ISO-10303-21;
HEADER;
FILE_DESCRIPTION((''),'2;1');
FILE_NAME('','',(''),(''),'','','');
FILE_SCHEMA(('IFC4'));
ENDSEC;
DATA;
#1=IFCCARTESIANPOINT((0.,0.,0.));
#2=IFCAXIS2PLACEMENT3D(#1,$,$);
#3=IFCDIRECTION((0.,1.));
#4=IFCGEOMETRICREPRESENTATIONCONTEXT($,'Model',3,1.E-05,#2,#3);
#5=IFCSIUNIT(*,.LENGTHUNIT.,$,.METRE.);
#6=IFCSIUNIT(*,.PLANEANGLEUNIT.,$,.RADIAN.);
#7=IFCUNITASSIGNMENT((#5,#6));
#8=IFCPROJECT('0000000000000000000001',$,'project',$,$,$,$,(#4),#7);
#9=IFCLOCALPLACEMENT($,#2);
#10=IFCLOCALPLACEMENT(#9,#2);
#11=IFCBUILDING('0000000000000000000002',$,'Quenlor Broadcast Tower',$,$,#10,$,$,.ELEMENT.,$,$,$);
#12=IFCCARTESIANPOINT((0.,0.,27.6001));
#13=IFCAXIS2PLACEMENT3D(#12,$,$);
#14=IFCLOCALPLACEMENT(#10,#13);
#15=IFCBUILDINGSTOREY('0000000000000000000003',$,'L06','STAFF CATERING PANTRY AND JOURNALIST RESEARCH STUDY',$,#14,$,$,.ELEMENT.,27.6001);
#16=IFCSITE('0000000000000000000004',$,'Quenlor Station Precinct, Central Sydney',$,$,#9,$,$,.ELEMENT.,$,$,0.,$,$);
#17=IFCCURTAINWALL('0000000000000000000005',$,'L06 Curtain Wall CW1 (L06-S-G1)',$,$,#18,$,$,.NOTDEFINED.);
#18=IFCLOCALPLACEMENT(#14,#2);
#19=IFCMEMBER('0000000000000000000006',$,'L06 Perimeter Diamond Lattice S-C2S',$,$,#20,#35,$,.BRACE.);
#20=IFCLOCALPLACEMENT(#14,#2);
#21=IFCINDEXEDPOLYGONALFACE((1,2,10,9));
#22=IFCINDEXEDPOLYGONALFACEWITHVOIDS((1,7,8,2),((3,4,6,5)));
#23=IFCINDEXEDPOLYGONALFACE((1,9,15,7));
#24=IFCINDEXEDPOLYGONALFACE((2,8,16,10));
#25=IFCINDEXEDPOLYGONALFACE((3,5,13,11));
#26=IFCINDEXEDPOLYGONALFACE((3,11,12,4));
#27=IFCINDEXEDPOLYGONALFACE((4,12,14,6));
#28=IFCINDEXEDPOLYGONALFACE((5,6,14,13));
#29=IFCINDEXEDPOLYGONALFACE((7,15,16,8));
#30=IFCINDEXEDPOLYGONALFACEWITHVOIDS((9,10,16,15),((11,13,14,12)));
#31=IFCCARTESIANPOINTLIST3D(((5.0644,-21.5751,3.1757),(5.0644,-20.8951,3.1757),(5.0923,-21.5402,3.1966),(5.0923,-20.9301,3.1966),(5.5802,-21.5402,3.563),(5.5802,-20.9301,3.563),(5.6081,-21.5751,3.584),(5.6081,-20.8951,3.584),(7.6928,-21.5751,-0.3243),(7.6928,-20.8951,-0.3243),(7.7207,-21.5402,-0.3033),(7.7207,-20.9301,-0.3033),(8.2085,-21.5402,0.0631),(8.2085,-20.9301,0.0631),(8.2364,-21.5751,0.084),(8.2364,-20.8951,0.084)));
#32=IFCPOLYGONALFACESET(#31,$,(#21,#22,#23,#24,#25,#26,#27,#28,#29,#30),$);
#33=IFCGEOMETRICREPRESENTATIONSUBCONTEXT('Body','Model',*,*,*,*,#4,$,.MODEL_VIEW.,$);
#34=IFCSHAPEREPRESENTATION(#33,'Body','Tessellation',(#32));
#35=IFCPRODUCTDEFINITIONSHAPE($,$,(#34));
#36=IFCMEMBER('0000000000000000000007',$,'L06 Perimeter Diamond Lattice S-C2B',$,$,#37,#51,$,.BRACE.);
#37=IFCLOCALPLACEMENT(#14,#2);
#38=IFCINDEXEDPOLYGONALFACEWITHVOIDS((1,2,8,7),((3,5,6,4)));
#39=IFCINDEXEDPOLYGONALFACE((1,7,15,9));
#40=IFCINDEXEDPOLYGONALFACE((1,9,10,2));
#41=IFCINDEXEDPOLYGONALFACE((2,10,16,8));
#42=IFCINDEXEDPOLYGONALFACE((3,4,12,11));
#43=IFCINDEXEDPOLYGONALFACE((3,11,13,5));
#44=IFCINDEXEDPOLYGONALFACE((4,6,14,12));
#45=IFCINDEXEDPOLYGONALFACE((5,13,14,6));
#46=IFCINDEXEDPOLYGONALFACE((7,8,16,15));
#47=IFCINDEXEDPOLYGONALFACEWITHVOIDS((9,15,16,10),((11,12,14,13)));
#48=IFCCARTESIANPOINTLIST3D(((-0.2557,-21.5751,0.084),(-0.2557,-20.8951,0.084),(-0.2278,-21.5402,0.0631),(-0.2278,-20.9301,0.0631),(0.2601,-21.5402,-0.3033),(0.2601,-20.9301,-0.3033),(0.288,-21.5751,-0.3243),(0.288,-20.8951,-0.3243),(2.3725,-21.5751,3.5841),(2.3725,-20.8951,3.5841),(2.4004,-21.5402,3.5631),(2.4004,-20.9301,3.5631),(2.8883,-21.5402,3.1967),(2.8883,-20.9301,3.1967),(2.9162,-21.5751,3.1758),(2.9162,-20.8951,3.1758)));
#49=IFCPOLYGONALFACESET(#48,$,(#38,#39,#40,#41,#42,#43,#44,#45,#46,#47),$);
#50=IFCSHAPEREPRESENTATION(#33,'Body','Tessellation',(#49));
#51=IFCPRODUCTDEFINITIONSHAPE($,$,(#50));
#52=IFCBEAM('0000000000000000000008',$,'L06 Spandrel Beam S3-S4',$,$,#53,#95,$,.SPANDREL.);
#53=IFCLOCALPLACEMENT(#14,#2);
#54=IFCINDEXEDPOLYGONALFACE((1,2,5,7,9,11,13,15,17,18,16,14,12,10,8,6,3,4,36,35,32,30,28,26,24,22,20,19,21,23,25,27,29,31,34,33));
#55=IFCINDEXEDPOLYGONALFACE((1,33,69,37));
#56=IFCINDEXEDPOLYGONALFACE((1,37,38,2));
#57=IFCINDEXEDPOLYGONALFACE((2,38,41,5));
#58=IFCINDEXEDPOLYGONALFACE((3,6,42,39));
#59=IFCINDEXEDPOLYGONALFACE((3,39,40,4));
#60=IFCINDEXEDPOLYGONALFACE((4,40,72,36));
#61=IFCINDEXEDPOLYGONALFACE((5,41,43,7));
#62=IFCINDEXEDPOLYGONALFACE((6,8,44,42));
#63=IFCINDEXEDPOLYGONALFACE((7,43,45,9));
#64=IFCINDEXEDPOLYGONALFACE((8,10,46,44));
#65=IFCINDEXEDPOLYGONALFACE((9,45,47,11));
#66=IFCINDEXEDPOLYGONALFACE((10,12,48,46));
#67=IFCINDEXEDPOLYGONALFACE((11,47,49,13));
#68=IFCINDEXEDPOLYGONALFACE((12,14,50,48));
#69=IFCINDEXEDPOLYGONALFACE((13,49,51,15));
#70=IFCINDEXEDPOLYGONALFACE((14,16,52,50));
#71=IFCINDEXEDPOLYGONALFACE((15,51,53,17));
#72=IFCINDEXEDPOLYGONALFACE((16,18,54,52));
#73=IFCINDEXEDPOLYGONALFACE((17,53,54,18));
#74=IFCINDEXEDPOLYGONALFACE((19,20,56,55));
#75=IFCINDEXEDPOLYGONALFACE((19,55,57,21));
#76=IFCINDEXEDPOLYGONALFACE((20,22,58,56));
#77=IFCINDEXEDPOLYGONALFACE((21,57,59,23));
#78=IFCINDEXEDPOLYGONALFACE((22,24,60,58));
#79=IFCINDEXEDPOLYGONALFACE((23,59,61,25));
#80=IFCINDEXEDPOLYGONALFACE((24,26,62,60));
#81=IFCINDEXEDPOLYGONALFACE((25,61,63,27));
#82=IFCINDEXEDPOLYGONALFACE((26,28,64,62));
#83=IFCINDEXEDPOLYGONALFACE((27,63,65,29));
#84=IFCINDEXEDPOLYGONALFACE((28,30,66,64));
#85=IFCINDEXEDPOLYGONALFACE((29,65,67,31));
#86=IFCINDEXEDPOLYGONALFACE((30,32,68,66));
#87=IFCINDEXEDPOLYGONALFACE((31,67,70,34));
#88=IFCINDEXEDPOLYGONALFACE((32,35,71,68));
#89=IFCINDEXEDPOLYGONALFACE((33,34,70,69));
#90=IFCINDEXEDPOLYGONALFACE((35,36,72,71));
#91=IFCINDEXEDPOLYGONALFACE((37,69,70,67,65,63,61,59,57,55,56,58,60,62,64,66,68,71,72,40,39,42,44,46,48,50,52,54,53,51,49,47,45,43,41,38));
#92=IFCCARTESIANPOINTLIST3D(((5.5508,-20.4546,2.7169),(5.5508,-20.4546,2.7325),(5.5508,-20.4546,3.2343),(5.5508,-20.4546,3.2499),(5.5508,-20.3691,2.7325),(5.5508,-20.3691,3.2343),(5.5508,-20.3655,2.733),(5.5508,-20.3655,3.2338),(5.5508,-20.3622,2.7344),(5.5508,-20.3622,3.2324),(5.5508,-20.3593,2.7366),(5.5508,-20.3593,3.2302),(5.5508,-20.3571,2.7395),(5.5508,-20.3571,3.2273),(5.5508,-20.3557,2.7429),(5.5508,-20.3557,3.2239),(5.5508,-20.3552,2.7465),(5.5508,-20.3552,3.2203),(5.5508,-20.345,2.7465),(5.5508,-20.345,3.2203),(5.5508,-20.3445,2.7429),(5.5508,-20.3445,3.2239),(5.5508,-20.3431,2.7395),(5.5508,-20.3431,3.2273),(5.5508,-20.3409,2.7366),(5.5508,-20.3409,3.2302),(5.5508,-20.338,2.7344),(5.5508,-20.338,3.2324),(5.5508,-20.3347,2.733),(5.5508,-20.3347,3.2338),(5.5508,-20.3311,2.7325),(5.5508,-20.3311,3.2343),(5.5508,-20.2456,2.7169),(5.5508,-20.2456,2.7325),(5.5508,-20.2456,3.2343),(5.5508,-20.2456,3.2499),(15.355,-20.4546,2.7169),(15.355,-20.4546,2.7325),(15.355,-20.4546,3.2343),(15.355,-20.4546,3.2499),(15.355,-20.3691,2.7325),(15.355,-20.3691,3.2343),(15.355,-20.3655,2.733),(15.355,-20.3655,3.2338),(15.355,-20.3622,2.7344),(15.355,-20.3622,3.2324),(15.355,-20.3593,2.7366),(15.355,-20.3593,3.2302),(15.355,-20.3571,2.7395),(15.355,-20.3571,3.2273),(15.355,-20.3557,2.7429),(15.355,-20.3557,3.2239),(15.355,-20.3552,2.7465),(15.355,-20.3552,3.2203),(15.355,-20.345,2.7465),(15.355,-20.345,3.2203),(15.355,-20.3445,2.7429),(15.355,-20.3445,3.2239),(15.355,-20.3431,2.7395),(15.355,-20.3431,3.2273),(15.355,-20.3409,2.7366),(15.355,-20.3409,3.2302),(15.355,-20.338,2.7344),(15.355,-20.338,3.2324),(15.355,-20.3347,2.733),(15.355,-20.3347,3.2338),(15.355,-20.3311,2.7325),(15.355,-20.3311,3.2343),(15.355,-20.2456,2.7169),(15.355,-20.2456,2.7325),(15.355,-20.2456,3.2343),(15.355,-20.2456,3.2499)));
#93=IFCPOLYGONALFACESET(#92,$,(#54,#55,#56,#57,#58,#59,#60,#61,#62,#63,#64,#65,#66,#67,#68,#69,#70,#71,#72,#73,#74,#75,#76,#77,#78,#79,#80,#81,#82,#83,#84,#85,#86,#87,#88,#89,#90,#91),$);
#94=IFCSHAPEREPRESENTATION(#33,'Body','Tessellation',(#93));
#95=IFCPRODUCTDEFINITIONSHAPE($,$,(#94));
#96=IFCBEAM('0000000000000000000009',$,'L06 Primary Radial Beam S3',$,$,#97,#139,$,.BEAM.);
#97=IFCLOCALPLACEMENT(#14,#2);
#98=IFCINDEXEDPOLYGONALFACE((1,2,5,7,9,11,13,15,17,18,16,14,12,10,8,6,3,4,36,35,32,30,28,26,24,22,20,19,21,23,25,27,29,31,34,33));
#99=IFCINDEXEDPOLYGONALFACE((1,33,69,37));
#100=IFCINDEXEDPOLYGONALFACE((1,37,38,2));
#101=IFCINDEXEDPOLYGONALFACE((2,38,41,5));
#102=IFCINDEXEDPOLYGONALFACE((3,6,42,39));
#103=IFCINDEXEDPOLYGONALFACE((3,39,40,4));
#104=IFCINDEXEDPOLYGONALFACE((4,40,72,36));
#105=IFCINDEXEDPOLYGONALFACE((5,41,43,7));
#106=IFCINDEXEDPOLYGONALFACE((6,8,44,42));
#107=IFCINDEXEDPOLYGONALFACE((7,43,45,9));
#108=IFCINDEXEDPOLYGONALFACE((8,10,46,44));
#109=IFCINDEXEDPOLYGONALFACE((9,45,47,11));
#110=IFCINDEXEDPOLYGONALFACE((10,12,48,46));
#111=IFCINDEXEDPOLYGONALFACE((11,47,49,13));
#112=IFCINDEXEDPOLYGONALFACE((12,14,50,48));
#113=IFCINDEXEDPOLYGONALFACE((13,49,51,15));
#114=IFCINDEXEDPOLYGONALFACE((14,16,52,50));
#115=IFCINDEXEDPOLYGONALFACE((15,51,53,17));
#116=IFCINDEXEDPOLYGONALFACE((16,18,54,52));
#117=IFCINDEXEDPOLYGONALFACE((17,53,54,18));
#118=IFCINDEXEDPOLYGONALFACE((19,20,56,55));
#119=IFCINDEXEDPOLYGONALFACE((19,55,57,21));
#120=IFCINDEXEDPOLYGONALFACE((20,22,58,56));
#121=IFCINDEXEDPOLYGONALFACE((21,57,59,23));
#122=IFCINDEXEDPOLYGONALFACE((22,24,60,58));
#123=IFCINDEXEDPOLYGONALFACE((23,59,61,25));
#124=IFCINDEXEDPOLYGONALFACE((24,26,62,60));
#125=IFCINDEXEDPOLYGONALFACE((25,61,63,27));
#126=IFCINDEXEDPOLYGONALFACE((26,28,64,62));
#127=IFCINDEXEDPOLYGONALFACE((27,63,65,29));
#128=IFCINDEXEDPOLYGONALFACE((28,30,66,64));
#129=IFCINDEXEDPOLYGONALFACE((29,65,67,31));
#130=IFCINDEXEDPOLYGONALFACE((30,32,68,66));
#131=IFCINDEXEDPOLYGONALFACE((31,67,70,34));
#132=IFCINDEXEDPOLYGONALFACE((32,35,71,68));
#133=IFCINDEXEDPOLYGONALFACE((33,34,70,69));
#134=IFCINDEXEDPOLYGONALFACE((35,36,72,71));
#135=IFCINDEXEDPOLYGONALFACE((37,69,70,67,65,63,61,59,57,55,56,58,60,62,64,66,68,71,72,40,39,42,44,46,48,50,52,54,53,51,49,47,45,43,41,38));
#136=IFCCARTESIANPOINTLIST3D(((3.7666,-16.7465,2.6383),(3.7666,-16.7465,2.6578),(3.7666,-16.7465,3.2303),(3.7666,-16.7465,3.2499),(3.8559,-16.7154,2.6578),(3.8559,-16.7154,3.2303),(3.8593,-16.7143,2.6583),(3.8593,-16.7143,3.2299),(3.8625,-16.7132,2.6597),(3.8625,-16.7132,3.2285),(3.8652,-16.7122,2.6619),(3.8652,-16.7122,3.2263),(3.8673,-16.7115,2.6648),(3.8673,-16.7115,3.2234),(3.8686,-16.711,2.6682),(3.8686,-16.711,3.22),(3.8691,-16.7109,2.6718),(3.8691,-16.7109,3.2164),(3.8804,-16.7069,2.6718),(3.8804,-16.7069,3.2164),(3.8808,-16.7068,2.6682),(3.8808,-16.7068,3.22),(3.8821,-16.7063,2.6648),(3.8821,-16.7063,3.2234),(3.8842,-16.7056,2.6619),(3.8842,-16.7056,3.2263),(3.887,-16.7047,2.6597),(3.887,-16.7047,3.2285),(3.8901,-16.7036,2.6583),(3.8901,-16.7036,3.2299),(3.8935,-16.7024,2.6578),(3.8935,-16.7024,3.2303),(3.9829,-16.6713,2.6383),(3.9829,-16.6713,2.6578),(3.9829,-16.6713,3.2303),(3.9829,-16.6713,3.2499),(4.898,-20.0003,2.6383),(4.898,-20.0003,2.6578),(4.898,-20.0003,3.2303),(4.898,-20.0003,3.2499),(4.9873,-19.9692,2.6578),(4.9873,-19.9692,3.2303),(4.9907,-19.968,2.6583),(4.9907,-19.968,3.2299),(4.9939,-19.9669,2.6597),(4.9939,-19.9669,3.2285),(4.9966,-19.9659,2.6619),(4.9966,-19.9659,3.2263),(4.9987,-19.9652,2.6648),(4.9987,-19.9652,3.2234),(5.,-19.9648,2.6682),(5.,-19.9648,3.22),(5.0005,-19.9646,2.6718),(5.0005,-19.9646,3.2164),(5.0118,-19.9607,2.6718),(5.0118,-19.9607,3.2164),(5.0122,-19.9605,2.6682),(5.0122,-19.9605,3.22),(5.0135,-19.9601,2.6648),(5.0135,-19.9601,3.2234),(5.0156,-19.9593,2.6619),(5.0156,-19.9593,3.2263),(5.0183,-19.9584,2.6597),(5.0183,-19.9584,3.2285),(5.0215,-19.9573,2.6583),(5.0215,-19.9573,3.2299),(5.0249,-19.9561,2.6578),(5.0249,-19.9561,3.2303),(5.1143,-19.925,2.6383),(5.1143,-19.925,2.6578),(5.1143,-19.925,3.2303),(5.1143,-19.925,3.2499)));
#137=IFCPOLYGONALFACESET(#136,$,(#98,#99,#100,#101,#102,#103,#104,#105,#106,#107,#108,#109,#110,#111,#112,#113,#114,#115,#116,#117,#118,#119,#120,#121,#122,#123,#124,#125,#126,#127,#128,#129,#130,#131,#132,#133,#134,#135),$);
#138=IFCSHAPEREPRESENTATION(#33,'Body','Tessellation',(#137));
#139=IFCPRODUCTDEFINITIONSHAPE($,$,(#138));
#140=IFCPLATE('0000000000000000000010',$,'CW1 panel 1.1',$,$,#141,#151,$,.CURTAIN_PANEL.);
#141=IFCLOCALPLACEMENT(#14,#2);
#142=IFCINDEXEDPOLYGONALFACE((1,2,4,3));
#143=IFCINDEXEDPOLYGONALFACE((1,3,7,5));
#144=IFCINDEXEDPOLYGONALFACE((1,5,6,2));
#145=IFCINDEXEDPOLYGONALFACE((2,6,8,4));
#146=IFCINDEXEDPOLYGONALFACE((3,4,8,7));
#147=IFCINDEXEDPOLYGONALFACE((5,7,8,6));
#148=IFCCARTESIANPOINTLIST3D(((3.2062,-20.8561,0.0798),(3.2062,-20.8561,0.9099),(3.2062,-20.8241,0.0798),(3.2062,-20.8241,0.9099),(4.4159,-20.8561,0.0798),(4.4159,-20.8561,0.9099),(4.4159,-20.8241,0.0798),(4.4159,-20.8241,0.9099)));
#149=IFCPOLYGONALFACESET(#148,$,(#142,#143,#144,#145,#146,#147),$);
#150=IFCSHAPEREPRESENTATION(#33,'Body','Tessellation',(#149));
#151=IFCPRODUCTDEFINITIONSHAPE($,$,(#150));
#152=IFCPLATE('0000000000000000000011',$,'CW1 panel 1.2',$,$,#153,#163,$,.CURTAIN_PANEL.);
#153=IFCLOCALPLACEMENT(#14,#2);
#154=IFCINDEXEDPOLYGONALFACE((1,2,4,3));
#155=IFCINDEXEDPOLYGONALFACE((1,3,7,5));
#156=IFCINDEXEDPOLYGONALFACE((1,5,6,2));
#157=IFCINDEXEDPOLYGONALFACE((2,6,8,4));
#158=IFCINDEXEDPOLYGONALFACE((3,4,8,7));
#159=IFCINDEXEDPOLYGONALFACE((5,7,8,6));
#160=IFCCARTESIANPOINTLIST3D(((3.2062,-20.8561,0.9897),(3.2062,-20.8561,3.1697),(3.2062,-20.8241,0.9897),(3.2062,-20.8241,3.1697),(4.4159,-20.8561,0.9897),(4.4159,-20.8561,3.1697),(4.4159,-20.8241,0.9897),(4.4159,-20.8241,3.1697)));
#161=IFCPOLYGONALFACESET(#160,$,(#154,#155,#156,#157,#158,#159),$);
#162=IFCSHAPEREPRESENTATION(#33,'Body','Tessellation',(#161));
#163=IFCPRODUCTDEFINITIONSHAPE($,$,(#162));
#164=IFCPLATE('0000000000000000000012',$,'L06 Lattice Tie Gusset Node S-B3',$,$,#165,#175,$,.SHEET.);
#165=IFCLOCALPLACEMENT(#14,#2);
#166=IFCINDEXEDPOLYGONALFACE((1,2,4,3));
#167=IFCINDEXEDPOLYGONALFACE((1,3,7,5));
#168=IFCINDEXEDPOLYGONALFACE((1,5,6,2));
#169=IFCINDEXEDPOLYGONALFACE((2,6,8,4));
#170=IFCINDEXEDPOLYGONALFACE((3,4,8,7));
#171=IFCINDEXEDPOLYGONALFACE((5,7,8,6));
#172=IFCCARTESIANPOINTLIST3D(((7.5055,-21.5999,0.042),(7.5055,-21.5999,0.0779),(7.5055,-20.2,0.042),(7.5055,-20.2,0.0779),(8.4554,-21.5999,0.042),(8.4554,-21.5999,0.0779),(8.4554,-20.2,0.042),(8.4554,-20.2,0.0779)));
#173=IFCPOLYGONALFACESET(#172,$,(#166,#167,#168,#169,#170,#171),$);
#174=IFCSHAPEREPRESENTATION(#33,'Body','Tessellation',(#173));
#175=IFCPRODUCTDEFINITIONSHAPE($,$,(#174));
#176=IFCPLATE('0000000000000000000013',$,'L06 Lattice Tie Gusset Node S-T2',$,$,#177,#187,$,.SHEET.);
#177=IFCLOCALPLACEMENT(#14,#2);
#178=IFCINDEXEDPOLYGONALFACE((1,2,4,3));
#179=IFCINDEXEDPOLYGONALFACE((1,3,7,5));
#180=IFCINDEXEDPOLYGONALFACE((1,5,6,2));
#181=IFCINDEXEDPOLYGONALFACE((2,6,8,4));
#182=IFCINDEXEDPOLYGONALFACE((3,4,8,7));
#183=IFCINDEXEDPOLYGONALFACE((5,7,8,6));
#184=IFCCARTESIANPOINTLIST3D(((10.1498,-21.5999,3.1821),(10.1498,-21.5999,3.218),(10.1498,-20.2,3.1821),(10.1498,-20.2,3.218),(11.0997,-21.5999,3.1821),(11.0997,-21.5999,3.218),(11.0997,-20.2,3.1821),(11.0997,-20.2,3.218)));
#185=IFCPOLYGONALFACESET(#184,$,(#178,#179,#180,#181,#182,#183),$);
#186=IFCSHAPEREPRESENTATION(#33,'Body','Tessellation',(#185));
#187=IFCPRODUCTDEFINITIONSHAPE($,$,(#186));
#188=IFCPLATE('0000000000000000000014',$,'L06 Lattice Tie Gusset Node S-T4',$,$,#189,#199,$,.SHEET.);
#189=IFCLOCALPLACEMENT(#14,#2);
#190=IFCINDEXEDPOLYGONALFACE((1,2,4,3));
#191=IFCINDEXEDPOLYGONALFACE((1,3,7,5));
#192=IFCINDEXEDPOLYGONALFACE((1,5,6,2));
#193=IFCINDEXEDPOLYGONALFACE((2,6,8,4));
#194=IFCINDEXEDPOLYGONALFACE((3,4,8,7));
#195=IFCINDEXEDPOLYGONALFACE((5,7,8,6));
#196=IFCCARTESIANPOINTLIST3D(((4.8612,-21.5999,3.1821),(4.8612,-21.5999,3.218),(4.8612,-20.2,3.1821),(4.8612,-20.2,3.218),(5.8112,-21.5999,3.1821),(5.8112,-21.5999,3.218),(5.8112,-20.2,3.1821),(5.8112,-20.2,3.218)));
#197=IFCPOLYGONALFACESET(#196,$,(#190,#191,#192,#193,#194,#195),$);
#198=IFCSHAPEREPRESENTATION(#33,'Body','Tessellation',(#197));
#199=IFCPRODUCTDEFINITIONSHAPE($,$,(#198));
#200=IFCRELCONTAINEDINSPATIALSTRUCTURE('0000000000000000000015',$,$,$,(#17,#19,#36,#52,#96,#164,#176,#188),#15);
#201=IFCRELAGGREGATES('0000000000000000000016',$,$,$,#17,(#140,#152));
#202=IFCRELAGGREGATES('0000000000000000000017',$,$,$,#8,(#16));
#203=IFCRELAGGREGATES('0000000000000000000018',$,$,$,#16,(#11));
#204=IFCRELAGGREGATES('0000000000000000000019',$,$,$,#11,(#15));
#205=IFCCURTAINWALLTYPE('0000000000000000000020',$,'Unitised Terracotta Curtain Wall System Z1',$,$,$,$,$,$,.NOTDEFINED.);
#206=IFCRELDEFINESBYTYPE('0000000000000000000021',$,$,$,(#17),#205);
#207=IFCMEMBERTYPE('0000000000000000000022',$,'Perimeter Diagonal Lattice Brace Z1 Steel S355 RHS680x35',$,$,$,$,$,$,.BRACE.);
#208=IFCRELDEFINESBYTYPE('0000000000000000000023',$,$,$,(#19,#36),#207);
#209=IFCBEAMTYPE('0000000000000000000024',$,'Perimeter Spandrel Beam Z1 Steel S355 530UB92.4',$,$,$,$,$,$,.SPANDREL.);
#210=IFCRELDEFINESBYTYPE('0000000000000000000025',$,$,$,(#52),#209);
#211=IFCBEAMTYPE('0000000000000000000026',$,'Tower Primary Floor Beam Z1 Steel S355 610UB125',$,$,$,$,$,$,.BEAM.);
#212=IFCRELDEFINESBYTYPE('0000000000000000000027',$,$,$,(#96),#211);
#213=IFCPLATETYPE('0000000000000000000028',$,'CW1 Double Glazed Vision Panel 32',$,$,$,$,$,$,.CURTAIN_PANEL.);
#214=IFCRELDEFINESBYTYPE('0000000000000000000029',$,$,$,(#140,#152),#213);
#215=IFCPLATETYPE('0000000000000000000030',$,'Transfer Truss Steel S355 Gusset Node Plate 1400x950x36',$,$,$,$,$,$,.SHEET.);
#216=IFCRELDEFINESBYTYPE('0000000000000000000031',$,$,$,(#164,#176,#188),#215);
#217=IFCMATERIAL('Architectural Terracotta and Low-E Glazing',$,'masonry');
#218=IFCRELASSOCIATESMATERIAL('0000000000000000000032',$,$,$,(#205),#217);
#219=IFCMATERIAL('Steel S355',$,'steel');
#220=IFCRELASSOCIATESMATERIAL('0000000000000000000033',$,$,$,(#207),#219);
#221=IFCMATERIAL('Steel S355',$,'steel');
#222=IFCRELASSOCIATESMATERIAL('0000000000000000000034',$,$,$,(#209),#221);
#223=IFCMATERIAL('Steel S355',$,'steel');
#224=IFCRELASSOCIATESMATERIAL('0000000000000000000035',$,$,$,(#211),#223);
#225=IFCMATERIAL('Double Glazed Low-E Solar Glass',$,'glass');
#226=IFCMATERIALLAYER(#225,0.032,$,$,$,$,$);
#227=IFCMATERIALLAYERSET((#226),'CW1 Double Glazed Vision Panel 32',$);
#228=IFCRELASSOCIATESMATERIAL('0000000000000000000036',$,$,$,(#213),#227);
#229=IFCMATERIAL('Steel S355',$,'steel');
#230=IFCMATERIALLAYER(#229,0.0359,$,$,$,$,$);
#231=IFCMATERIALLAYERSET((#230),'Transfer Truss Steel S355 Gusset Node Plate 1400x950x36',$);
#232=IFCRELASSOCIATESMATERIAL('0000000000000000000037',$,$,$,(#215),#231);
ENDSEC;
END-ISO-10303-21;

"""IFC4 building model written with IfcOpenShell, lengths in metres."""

from ifc_helpers import new_model, si_unit, direction, frame, origin, origin_2d, place, context, subcontext, project, spatial, rectangle, hollow_rectangle, i_section, extrude, material, layer, layer_set, material_profile, profile_set, type_object, element, aggregate, save


model = new_model("IFC4")

# Units and contexts
model_context = context("Model", 3, precision=1e-05, world=origin(), true_north=direction((0.0, 1.0)))
body_context = subcontext(model_context, "Body", "Model", "MODEL_VIEW")
ifc_project = project(units=[si_unit("LENGTHUNIT", "METRE"), si_unit("PLANEANGLEUNIT", "RADIAN")], contexts=[model_context])

# Site, building, storey
site_placement = place(None, origin())
site = spatial("IfcSite", under=ifc_project, at=site_placement, Name="Quenlor Station Precinct, Central Sydney", CompositionType="ELEMENT", RefElevation=0.0)
building_placement = place(site_placement, origin())
building = spatial("IfcBuilding", under=site, at=building_placement, Name="Quenlor Broadcast Tower", CompositionType="ELEMENT")
storey_placement = place(building_placement, frame((0.0, 0.0, 27.6001)))
storey = spatial("IfcBuildingStorey", under=building, at=storey_placement, Name="L06", Description="STAFF CATERING PANTRY AND JOURNALIST RESEARCH STUDY", CompositionType="ELEMENT", Elevation=27.6001)

# Shared definitions
ifc_material_1 = material(Name="Architectural Terracotta and Low-E Glazing", Category="masonry")
curtain_wall_type = type_object("IfcCurtainWallType", Name="Unitised Terracotta Curtain Wall System Z1", PredefinedType="NOTDEFINED", material=ifc_material_1)

# Curtain wall
curtain_wall_1_placement = place(storey_placement, origin())
curtain_wall_1 = element("IfcCurtainWall", 1, at=curtain_wall_1_placement, inside=storey, type_object=curtain_wall_type, Name="L06 Curtain Wall CW1 (L06-S-G1)", PredefinedType="NOTDEFINED")

# Members
ifc_material_2 = material(Name="Steel S355", Category="steel")
ifc_material_profile_1 = material_profile(ifc_material_2, hollow_rectangle(XDim=0.6799, YDim=0.6799, WallThickness=0.0349, at=origin_2d()))
ifc_profile_set_1 = profile_set([ifc_material_profile_1], Name="Steel S355 RHS680x680x35")
member_type_1 = type_object("IfcMemberType", Name="Perimeter Diagonal Lattice Brace Z1 Steel S355 RHS680x35", PredefinedType="BRACE", material=ifc_profile_set_1)
for number, where, z_axis, x_axis, name in (
    (2, (7.9646, -21.2351, -0.1201), (-0.6005, 0.0, 0.799625), (0.0, -1.0, 0.0), "L06 Perimeter Diamond Lattice S-C2S"),
    (3, (0.0161, -21.2351, -0.1201), (0.600464, 0.0, 0.799652), (0.0, 1.0, 0.0), "L06 Perimeter Diamond Lattice S-C2B"),
):
    element("IfcMember", number, at=place(storey_placement, frame(where, z_axis=z_axis, x_axis=x_axis)), inside=storey, type_object=member_type_1, Name=name, PredefinedType="BRACE", context=body_context, shape_type="SweptSolid", body=[
        extrude(hollow_rectangle(XDim=0.6799, YDim=0.6799, WallThickness=0.0349, at=origin_2d()), origin(), (0.0, 0.0, 1.0), 4.377),
    ])

# Beams
ifc_material_3 = material(Name="Steel S355", Category="steel")
ifc_material_profile_2 = material_profile(ifc_material_3, i_section(OverallWidth=0.209, OverallDepth=0.533, WebThickness=0.0103, FlangeThickness=0.0156, FilletRadius=0.0139, at=origin_2d()))
ifc_profile_set_2 = profile_set([ifc_material_profile_2], Name="Steel S355 530UB92.4")
beam_type_1 = type_object("IfcBeamType", Name="Perimeter Spandrel Beam Z1 Steel S355 530UB92.4", PredefinedType="SPANDREL", material=ifc_profile_set_2)
beam_1_placement = place(storey_placement, frame((5.5508, -20.3501, 2.9834), z_axis=(1.0, 0.0, 0.0), x_axis=(0.0, 1.0, 0.0)))
element("IfcBeam", 4, at=beam_1_placement, inside=storey, type_object=beam_type_1, Name="L06 Spandrel Beam S3-S4", PredefinedType="SPANDREL", context=body_context, shape_type="SweptSolid", body=[
    extrude(i_section(OverallWidth=0.209, OverallDepth=0.533, WebThickness=0.0103, FlangeThickness=0.0156, FilletRadius=0.0139, at=origin_2d()), origin(), (0.0, 0.0, 1.0), 9.8042),
])
ifc_material_4 = material(Name="Steel S355", Category="steel")
ifc_material_profile_3 = material_profile(ifc_material_4, i_section(OverallWidth=0.229, OverallDepth=0.6116, WebThickness=0.012, FlangeThickness=0.0195, FilletRadius=0.0139, at=origin_2d()))
ifc_profile_set_3 = profile_set([ifc_material_profile_3], Name="Steel S355 610UB125")
beam_type_2 = type_object("IfcBeamType", Name="Tower Primary Floor Beam Z1 Steel S355 610UB125", PredefinedType="BEAM", material=ifc_profile_set_3)
beam_2_placement = place(storey_placement, frame((5.0061, -19.9626, 2.9441), z_axis=(-0.328427, 0.944529, 0.0), x_axis=(-0.944529, -0.328427, 0.0)))
element("IfcBeam", 5, at=beam_2_placement, inside=storey, type_object=beam_type_2, Name="L06 Primary Radial Beam S3", PredefinedType="BEAM", context=body_context, shape_type="SweptSolid", body=[
    extrude(i_section(OverallWidth=0.229, OverallDepth=0.6116, WebThickness=0.012, FlangeThickness=0.0195, FilletRadius=0.0139, at=origin_2d()), origin(), (0.0, 0.0, 1.0), 3.4448),
])

# Plates
ifc_material_5 = material(Name="Double Glazed Low-E Solar Glass", Category="glass")
ifc_layer_1 = layer(ifc_material_5, 0.032)
ifc_layer_set_1 = layer_set([ifc_layer_1], Name="CW1 Double Glazed Vision Panel 32")
plate_type_1 = type_object("IfcPlateType", Name="CW1 Double Glazed Vision Panel 32", PredefinedType="CURTAIN_PANEL", material=ifc_layer_set_1)
plate_1_placement = place(storey_placement, frame((3.811, -20.8401, 0.0798), z_axis=(0.0, 0.0, 1.0), x_axis=(-1.0, 0.0, 0.0)))
plate_1 = element("IfcPlate", 6, at=plate_1_placement, type_object=plate_type_1, Name="CW1 panel 1.1", PredefinedType="CURTAIN_PANEL", context=body_context, shape_type="SweptSolid", body=[
    extrude(rectangle(XDim=1.2097, YDim=0.032, at=origin_2d()), origin(), (0.0, 0.0, 1.0), 0.8301),
])
plate_2_placement = place(storey_placement, frame((3.811, -20.8401, 0.9897), z_axis=(0.0, 0.0, 1.0), x_axis=(-1.0, 0.0, 0.0)))
plate_2 = element("IfcPlate", 7, at=plate_2_placement, type_object=plate_type_1, Name="CW1 panel 1.2", PredefinedType="CURTAIN_PANEL", context=body_context, shape_type="SweptSolid", body=[
    extrude(rectangle(XDim=1.2097, YDim=0.032, at=origin_2d()), origin(), (0.0, 0.0, 1.0), 2.1799),
])
aggregate(curtain_wall_1, [plate_1, plate_2])

# Plates
ifc_material_6 = material(Name="Steel S355", Category="steel")
ifc_layer_2 = layer(ifc_material_6, 0.0359)
ifc_layer_set_2 = layer_set([ifc_layer_2], Name="Transfer Truss Steel S355 Gusset Node Plate 1400x950x36")
plate_type_2 = type_object("IfcPlateType", Name="Transfer Truss Steel S355 Gusset Node Plate 1400x950x36", PredefinedType="SHEET", material=ifc_layer_set_2)
for number, where, z_axis, x_axis, name in (
    (8, (7.9805, -20.8999, 0.042), (0.0, 0.0, 1.0), (0.0, -1.0, 0.0), "L06 Lattice Tie Gusset Node S-B3"),
    (9, (10.6248, -20.8999, 3.1821), (0.0, 0.0, 1.0), (0.0, -1.0, 0.0), "L06 Lattice Tie Gusset Node S-T2"),
    (10, (5.3362, -20.8999, 3.1821), (0.0, 0.0, 1.0), (0.0, -1.0, 0.0), "L06 Lattice Tie Gusset Node S-T4"),
):
    element("IfcPlate", number, at=place(storey_placement, frame(where, z_axis=z_axis, x_axis=x_axis)), inside=storey, type_object=plate_type_2, Name=name, PredefinedType="SHEET", context=body_context, shape_type="SweptSolid", body=[
        extrude(rectangle(XDim=1.3999, YDim=0.95, at=origin_2d()), origin(), (0.0, 0.0, 1.0), 0.0359),
    ])

save(model, "model.ifc")
